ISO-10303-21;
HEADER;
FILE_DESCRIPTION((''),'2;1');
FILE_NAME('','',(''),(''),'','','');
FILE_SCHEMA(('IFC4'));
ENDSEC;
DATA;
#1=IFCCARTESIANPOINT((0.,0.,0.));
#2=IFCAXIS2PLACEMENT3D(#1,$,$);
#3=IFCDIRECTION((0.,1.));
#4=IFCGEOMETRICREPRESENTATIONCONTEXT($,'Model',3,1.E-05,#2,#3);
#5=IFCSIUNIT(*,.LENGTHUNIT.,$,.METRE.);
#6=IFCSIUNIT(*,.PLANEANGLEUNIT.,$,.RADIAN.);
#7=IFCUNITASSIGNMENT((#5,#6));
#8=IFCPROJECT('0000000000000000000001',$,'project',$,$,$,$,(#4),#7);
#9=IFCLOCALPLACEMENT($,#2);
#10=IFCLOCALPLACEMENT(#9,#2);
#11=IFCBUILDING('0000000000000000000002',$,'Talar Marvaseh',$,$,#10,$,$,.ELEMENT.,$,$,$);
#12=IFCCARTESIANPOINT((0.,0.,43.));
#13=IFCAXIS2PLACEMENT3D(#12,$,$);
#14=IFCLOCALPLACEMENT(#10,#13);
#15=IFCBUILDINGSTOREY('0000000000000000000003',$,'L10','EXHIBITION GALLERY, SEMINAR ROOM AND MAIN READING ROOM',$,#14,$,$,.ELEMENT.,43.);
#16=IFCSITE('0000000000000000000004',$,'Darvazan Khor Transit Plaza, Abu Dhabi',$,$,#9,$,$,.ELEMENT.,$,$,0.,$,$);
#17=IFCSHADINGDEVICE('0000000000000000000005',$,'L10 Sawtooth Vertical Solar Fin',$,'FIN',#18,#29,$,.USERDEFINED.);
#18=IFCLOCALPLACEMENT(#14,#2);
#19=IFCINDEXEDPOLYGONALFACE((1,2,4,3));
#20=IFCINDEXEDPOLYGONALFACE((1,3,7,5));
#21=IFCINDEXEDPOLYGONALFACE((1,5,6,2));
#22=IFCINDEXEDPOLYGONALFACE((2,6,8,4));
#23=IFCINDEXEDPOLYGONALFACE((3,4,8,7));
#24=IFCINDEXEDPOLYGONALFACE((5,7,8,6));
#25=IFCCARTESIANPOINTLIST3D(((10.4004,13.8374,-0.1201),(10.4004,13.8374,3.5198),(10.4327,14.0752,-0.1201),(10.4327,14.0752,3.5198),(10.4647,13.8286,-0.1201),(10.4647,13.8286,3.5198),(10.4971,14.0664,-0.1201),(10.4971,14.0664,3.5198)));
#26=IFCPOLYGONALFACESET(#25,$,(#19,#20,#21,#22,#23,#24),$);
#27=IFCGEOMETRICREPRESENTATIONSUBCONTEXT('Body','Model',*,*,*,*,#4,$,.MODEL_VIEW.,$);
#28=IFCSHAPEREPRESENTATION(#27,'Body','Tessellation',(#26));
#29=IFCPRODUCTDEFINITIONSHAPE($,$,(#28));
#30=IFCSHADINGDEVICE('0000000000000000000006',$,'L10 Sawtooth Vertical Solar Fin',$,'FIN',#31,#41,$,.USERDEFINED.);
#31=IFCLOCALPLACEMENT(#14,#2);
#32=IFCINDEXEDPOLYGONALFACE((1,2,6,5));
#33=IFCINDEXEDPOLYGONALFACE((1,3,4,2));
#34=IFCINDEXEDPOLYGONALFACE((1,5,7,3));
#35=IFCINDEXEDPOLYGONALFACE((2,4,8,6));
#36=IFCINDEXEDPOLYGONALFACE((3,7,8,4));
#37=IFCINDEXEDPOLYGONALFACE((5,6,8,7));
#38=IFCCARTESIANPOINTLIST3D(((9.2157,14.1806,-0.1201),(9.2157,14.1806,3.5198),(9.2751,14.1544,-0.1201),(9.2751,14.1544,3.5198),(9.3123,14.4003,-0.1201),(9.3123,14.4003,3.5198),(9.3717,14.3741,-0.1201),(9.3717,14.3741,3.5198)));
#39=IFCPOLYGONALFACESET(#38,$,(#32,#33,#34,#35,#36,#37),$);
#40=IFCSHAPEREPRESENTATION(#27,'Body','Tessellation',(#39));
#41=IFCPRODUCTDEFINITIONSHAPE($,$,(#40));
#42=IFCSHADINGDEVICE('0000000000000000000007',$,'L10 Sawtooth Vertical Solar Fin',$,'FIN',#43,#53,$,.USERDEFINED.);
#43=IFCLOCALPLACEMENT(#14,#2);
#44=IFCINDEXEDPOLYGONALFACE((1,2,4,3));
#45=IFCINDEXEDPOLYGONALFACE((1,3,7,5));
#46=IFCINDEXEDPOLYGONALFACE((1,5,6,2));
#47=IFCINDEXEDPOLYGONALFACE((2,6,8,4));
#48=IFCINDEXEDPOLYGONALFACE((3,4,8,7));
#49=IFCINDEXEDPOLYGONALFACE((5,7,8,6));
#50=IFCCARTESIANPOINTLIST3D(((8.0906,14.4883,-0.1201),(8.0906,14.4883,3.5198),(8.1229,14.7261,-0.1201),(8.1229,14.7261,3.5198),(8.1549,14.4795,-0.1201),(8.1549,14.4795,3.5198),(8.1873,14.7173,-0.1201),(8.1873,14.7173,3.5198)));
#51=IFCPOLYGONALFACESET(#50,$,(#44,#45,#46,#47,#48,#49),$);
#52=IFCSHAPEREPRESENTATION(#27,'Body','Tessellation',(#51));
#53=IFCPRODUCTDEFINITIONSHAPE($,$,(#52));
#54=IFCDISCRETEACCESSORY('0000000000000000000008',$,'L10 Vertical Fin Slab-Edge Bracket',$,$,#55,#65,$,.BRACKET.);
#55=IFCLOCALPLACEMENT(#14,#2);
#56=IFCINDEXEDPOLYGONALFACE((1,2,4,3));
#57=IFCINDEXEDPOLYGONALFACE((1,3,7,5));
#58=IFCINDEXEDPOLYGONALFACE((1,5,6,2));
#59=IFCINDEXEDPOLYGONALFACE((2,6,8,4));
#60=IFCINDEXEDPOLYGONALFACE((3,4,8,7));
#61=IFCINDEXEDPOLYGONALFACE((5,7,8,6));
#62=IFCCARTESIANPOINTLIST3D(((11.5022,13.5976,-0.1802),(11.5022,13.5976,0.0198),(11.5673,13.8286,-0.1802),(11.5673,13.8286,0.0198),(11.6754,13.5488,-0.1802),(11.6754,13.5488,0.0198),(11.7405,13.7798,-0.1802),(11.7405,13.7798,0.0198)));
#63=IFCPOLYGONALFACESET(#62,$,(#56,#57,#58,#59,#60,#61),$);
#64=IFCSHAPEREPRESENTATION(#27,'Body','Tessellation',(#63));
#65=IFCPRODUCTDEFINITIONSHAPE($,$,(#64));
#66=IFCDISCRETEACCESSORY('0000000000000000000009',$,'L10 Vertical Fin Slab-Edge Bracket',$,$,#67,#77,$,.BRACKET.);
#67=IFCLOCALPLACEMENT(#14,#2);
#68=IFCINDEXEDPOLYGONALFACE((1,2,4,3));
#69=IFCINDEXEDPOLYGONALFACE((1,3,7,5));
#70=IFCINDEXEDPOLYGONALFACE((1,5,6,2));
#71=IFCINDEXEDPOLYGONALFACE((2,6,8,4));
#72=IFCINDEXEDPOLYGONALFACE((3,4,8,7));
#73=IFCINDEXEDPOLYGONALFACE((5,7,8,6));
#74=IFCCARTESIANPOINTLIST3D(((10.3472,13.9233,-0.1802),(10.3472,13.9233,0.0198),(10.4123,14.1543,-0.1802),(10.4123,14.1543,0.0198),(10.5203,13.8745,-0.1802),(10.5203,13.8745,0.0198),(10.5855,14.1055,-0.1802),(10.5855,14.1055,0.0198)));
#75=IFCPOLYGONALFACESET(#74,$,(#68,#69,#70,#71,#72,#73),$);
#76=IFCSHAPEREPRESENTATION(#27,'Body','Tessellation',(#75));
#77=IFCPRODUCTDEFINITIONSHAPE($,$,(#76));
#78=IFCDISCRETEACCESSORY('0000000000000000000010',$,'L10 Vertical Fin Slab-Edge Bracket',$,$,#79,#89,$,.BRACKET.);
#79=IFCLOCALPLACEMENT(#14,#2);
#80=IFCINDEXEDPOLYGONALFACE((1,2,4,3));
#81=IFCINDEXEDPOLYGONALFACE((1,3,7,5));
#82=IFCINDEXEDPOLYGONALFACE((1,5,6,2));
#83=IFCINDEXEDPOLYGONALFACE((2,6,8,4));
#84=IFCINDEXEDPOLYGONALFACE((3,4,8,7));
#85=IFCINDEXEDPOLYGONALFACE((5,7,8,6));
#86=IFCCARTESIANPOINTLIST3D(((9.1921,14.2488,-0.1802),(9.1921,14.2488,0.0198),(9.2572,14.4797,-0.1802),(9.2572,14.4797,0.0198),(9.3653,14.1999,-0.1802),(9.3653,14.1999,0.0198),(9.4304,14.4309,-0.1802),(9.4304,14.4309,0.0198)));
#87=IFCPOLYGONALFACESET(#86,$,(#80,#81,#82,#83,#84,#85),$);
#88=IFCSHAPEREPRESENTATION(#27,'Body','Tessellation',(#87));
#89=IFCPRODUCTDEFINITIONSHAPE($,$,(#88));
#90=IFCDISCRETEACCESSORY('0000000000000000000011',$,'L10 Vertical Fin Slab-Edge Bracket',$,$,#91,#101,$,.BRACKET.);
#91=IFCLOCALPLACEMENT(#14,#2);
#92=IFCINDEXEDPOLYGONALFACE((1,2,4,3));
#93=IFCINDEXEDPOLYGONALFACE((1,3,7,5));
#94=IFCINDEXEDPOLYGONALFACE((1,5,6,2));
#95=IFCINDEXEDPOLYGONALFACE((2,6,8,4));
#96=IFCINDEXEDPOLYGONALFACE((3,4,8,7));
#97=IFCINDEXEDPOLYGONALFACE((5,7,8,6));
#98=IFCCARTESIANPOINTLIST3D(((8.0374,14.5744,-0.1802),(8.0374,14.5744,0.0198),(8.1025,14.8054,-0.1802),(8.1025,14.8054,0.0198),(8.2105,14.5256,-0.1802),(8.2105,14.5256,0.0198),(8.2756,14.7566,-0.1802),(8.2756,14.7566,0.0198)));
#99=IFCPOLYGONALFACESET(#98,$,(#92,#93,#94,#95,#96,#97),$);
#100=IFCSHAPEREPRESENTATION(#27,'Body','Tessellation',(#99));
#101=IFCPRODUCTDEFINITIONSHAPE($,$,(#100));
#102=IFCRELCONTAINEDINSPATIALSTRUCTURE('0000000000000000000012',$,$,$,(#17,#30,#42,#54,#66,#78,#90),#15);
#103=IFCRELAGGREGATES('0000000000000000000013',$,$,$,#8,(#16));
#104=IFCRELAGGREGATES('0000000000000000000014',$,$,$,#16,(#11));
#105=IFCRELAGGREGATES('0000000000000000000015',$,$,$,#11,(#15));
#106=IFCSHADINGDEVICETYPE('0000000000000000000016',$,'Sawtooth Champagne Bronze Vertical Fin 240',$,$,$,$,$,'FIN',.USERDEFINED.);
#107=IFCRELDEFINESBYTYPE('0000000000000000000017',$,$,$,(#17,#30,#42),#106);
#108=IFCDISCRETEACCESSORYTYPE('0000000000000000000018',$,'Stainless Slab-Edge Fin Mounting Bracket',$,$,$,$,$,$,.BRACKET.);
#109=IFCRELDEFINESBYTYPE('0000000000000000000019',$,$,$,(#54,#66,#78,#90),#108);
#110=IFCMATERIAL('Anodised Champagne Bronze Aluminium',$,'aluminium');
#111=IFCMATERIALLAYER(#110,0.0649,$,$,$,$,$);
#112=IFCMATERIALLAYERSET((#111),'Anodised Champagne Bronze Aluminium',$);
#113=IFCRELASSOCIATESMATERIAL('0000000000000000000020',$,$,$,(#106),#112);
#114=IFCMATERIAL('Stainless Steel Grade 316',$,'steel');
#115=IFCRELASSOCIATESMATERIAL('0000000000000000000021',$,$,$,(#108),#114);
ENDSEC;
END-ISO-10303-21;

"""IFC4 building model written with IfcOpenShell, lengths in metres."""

from ifc_helpers import new_model, si_unit, direction, frame, origin, origin_2d, place, context, subcontext, project, spatial, rectangle, extrude, source, transform, mapped, material, layer, layer_set, type_object, type_shapes, element, save


model = new_model("IFC4")

# Units and contexts
model_context = context("Model", 3, precision=1e-05, world=origin(), true_north=direction((0.0, 1.0)))
body_context = subcontext(model_context, "Body", "Model", "MODEL_VIEW")
ifc_project = project(units=[si_unit("LENGTHUNIT", "METRE"), si_unit("PLANEANGLEUNIT", "RADIAN")], contexts=[model_context])

# Site, building, storey
site_placement = place(None, origin())
site = spatial("IfcSite", under=ifc_project, at=site_placement, Name="Darvazan Khor Transit Plaza, Abu Dhabi", CompositionType="ELEMENT", RefElevation=0.0)
building_placement = place(site_placement, origin())
building = spatial("IfcBuilding", under=site, at=building_placement, Name="Talar Marvaseh", CompositionType="ELEMENT")
storey_placement = place(building_placement, frame((0.0, 0.0, 43.0)))
storey = spatial("IfcBuildingStorey", under=building, at=storey_placement, Name="L10", Description="EXHIBITION GALLERY, SEMINAR ROOM AND MAIN READING ROOM", CompositionType="ELEMENT", Elevation=43.0)

# Shading devices
ifc_material_1 = material(Name="Anodised Champagne Bronze Aluminium", Category="aluminium")
ifc_layer_1 = layer(ifc_material_1, 0.0649)
ifc_layer_set_1 = layer_set([ifc_layer_1], Name="Anodised Champagne Bronze Aluminium")
shading_device_type = type_object("IfcShadingDeviceType", Name="Sawtooth Champagne Bronze Vertical Fin 240", ElementType="FIN", PredefinedType="USERDEFINED", material=ifc_layer_set_1)
shared_shape_1 = source(origin(), body_context, "Body", "SweptSolid", [
    extrude(rectangle(XDim=0.24, YDim=0.0649, at=origin_2d()), origin(), (0.0, 0.0, 1.0), 3.6399),
])
type_shapes(shading_device_type, [shared_shape_1])
for number, where, z_axis, x_axis, name in (
    (1, (10.4487, 13.9519, -0.1201), (0.0, 0.0, 1.0), (-0.134678, -0.990889, 0.0), "L10 Sawtooth Vertical Solar Fin"),
    (2, (9.2937, 14.2773, -0.1201), (0.0, 0.0, 1.0), (-0.402587, -0.915382, 0.0), "L10 Sawtooth Vertical Solar Fin"),
    (3, (8.1389, 14.6028, -0.1201), (0.0, 0.0, 1.0), (-0.134678, -0.990889, 0.0), "L10 Sawtooth Vertical Solar Fin"),
):
    element("IfcShadingDevice", number, at=place(storey_placement, frame(where, z_axis=z_axis, x_axis=x_axis)), inside=storey, type_object=shading_device_type, Name=name, ObjectType="FIN", PredefinedType="USERDEFINED", context=body_context, shape_type="MappedRepresentation", body=[
        mapped(shared_shape_1, transform((0.0, 0.0, 0.0), x_axis=(1.0, 0.0, 0.0), y_axis=(0.0, 1.0, 0.0), z_axis=(0.0, 0.0, 1.0), scale=1.0)),
    ])

# Discrete accessories
ifc_material_2 = material(Name="Stainless Steel Grade 316", Category="steel")
discrete_accessory_type = type_object("IfcDiscreteAccessoryType", Name="Stainless Slab-Edge Fin Mounting Bracket", PredefinedType="BRACKET", material=ifc_material_2)
shared_shape_2 = source(origin(), body_context, "Body", "SweptSolid", [
    extrude(rectangle(XDim=0.24, YDim=0.1799, at=origin_2d()), origin(), (0.0, 0.0, 1.0), 0.2),
])
type_shapes(discrete_accessory_type, [shared_shape_2])
for number, where, z_axis, x_axis, name in (
    (4, (11.6213, 13.6887, -0.1802), (0.0, 0.0, 1.0), (-0.271272, -0.962503, 0.0), "L10 Vertical Fin Slab-Edge Bracket"),
    (5, (10.4663, 14.0144, -0.1802), (0.0, 0.0, 1.0), (-0.271272, -0.962503, 0.0), "L10 Vertical Fin Slab-Edge Bracket"),
    (6, (9.3113, 14.3398, -0.1802), (0.0, 0.0, 1.0), (-0.271272, -0.962503, 0.0), "L10 Vertical Fin Slab-Edge Bracket"),
    (7, (8.1565, 14.6655, -0.1802), (0.0, 0.0, 1.0), (-0.271272, -0.962503, 0.0), "L10 Vertical Fin Slab-Edge Bracket"),
):
    element("IfcDiscreteAccessory", number, at=place(storey_placement, frame(where, z_axis=z_axis, x_axis=x_axis)), inside=storey, type_object=discrete_accessory_type, Name=name, PredefinedType="BRACKET", context=body_context, shape_type="MappedRepresentation", body=[
        mapped(shared_shape_2, transform((0.0, 0.0, 0.0), x_axis=(1.0, 0.0, 0.0), y_axis=(0.0, 1.0, 0.0), z_axis=(0.0, 0.0, 1.0), scale=1.0)),
    ])

save(model, "model.ifc")
